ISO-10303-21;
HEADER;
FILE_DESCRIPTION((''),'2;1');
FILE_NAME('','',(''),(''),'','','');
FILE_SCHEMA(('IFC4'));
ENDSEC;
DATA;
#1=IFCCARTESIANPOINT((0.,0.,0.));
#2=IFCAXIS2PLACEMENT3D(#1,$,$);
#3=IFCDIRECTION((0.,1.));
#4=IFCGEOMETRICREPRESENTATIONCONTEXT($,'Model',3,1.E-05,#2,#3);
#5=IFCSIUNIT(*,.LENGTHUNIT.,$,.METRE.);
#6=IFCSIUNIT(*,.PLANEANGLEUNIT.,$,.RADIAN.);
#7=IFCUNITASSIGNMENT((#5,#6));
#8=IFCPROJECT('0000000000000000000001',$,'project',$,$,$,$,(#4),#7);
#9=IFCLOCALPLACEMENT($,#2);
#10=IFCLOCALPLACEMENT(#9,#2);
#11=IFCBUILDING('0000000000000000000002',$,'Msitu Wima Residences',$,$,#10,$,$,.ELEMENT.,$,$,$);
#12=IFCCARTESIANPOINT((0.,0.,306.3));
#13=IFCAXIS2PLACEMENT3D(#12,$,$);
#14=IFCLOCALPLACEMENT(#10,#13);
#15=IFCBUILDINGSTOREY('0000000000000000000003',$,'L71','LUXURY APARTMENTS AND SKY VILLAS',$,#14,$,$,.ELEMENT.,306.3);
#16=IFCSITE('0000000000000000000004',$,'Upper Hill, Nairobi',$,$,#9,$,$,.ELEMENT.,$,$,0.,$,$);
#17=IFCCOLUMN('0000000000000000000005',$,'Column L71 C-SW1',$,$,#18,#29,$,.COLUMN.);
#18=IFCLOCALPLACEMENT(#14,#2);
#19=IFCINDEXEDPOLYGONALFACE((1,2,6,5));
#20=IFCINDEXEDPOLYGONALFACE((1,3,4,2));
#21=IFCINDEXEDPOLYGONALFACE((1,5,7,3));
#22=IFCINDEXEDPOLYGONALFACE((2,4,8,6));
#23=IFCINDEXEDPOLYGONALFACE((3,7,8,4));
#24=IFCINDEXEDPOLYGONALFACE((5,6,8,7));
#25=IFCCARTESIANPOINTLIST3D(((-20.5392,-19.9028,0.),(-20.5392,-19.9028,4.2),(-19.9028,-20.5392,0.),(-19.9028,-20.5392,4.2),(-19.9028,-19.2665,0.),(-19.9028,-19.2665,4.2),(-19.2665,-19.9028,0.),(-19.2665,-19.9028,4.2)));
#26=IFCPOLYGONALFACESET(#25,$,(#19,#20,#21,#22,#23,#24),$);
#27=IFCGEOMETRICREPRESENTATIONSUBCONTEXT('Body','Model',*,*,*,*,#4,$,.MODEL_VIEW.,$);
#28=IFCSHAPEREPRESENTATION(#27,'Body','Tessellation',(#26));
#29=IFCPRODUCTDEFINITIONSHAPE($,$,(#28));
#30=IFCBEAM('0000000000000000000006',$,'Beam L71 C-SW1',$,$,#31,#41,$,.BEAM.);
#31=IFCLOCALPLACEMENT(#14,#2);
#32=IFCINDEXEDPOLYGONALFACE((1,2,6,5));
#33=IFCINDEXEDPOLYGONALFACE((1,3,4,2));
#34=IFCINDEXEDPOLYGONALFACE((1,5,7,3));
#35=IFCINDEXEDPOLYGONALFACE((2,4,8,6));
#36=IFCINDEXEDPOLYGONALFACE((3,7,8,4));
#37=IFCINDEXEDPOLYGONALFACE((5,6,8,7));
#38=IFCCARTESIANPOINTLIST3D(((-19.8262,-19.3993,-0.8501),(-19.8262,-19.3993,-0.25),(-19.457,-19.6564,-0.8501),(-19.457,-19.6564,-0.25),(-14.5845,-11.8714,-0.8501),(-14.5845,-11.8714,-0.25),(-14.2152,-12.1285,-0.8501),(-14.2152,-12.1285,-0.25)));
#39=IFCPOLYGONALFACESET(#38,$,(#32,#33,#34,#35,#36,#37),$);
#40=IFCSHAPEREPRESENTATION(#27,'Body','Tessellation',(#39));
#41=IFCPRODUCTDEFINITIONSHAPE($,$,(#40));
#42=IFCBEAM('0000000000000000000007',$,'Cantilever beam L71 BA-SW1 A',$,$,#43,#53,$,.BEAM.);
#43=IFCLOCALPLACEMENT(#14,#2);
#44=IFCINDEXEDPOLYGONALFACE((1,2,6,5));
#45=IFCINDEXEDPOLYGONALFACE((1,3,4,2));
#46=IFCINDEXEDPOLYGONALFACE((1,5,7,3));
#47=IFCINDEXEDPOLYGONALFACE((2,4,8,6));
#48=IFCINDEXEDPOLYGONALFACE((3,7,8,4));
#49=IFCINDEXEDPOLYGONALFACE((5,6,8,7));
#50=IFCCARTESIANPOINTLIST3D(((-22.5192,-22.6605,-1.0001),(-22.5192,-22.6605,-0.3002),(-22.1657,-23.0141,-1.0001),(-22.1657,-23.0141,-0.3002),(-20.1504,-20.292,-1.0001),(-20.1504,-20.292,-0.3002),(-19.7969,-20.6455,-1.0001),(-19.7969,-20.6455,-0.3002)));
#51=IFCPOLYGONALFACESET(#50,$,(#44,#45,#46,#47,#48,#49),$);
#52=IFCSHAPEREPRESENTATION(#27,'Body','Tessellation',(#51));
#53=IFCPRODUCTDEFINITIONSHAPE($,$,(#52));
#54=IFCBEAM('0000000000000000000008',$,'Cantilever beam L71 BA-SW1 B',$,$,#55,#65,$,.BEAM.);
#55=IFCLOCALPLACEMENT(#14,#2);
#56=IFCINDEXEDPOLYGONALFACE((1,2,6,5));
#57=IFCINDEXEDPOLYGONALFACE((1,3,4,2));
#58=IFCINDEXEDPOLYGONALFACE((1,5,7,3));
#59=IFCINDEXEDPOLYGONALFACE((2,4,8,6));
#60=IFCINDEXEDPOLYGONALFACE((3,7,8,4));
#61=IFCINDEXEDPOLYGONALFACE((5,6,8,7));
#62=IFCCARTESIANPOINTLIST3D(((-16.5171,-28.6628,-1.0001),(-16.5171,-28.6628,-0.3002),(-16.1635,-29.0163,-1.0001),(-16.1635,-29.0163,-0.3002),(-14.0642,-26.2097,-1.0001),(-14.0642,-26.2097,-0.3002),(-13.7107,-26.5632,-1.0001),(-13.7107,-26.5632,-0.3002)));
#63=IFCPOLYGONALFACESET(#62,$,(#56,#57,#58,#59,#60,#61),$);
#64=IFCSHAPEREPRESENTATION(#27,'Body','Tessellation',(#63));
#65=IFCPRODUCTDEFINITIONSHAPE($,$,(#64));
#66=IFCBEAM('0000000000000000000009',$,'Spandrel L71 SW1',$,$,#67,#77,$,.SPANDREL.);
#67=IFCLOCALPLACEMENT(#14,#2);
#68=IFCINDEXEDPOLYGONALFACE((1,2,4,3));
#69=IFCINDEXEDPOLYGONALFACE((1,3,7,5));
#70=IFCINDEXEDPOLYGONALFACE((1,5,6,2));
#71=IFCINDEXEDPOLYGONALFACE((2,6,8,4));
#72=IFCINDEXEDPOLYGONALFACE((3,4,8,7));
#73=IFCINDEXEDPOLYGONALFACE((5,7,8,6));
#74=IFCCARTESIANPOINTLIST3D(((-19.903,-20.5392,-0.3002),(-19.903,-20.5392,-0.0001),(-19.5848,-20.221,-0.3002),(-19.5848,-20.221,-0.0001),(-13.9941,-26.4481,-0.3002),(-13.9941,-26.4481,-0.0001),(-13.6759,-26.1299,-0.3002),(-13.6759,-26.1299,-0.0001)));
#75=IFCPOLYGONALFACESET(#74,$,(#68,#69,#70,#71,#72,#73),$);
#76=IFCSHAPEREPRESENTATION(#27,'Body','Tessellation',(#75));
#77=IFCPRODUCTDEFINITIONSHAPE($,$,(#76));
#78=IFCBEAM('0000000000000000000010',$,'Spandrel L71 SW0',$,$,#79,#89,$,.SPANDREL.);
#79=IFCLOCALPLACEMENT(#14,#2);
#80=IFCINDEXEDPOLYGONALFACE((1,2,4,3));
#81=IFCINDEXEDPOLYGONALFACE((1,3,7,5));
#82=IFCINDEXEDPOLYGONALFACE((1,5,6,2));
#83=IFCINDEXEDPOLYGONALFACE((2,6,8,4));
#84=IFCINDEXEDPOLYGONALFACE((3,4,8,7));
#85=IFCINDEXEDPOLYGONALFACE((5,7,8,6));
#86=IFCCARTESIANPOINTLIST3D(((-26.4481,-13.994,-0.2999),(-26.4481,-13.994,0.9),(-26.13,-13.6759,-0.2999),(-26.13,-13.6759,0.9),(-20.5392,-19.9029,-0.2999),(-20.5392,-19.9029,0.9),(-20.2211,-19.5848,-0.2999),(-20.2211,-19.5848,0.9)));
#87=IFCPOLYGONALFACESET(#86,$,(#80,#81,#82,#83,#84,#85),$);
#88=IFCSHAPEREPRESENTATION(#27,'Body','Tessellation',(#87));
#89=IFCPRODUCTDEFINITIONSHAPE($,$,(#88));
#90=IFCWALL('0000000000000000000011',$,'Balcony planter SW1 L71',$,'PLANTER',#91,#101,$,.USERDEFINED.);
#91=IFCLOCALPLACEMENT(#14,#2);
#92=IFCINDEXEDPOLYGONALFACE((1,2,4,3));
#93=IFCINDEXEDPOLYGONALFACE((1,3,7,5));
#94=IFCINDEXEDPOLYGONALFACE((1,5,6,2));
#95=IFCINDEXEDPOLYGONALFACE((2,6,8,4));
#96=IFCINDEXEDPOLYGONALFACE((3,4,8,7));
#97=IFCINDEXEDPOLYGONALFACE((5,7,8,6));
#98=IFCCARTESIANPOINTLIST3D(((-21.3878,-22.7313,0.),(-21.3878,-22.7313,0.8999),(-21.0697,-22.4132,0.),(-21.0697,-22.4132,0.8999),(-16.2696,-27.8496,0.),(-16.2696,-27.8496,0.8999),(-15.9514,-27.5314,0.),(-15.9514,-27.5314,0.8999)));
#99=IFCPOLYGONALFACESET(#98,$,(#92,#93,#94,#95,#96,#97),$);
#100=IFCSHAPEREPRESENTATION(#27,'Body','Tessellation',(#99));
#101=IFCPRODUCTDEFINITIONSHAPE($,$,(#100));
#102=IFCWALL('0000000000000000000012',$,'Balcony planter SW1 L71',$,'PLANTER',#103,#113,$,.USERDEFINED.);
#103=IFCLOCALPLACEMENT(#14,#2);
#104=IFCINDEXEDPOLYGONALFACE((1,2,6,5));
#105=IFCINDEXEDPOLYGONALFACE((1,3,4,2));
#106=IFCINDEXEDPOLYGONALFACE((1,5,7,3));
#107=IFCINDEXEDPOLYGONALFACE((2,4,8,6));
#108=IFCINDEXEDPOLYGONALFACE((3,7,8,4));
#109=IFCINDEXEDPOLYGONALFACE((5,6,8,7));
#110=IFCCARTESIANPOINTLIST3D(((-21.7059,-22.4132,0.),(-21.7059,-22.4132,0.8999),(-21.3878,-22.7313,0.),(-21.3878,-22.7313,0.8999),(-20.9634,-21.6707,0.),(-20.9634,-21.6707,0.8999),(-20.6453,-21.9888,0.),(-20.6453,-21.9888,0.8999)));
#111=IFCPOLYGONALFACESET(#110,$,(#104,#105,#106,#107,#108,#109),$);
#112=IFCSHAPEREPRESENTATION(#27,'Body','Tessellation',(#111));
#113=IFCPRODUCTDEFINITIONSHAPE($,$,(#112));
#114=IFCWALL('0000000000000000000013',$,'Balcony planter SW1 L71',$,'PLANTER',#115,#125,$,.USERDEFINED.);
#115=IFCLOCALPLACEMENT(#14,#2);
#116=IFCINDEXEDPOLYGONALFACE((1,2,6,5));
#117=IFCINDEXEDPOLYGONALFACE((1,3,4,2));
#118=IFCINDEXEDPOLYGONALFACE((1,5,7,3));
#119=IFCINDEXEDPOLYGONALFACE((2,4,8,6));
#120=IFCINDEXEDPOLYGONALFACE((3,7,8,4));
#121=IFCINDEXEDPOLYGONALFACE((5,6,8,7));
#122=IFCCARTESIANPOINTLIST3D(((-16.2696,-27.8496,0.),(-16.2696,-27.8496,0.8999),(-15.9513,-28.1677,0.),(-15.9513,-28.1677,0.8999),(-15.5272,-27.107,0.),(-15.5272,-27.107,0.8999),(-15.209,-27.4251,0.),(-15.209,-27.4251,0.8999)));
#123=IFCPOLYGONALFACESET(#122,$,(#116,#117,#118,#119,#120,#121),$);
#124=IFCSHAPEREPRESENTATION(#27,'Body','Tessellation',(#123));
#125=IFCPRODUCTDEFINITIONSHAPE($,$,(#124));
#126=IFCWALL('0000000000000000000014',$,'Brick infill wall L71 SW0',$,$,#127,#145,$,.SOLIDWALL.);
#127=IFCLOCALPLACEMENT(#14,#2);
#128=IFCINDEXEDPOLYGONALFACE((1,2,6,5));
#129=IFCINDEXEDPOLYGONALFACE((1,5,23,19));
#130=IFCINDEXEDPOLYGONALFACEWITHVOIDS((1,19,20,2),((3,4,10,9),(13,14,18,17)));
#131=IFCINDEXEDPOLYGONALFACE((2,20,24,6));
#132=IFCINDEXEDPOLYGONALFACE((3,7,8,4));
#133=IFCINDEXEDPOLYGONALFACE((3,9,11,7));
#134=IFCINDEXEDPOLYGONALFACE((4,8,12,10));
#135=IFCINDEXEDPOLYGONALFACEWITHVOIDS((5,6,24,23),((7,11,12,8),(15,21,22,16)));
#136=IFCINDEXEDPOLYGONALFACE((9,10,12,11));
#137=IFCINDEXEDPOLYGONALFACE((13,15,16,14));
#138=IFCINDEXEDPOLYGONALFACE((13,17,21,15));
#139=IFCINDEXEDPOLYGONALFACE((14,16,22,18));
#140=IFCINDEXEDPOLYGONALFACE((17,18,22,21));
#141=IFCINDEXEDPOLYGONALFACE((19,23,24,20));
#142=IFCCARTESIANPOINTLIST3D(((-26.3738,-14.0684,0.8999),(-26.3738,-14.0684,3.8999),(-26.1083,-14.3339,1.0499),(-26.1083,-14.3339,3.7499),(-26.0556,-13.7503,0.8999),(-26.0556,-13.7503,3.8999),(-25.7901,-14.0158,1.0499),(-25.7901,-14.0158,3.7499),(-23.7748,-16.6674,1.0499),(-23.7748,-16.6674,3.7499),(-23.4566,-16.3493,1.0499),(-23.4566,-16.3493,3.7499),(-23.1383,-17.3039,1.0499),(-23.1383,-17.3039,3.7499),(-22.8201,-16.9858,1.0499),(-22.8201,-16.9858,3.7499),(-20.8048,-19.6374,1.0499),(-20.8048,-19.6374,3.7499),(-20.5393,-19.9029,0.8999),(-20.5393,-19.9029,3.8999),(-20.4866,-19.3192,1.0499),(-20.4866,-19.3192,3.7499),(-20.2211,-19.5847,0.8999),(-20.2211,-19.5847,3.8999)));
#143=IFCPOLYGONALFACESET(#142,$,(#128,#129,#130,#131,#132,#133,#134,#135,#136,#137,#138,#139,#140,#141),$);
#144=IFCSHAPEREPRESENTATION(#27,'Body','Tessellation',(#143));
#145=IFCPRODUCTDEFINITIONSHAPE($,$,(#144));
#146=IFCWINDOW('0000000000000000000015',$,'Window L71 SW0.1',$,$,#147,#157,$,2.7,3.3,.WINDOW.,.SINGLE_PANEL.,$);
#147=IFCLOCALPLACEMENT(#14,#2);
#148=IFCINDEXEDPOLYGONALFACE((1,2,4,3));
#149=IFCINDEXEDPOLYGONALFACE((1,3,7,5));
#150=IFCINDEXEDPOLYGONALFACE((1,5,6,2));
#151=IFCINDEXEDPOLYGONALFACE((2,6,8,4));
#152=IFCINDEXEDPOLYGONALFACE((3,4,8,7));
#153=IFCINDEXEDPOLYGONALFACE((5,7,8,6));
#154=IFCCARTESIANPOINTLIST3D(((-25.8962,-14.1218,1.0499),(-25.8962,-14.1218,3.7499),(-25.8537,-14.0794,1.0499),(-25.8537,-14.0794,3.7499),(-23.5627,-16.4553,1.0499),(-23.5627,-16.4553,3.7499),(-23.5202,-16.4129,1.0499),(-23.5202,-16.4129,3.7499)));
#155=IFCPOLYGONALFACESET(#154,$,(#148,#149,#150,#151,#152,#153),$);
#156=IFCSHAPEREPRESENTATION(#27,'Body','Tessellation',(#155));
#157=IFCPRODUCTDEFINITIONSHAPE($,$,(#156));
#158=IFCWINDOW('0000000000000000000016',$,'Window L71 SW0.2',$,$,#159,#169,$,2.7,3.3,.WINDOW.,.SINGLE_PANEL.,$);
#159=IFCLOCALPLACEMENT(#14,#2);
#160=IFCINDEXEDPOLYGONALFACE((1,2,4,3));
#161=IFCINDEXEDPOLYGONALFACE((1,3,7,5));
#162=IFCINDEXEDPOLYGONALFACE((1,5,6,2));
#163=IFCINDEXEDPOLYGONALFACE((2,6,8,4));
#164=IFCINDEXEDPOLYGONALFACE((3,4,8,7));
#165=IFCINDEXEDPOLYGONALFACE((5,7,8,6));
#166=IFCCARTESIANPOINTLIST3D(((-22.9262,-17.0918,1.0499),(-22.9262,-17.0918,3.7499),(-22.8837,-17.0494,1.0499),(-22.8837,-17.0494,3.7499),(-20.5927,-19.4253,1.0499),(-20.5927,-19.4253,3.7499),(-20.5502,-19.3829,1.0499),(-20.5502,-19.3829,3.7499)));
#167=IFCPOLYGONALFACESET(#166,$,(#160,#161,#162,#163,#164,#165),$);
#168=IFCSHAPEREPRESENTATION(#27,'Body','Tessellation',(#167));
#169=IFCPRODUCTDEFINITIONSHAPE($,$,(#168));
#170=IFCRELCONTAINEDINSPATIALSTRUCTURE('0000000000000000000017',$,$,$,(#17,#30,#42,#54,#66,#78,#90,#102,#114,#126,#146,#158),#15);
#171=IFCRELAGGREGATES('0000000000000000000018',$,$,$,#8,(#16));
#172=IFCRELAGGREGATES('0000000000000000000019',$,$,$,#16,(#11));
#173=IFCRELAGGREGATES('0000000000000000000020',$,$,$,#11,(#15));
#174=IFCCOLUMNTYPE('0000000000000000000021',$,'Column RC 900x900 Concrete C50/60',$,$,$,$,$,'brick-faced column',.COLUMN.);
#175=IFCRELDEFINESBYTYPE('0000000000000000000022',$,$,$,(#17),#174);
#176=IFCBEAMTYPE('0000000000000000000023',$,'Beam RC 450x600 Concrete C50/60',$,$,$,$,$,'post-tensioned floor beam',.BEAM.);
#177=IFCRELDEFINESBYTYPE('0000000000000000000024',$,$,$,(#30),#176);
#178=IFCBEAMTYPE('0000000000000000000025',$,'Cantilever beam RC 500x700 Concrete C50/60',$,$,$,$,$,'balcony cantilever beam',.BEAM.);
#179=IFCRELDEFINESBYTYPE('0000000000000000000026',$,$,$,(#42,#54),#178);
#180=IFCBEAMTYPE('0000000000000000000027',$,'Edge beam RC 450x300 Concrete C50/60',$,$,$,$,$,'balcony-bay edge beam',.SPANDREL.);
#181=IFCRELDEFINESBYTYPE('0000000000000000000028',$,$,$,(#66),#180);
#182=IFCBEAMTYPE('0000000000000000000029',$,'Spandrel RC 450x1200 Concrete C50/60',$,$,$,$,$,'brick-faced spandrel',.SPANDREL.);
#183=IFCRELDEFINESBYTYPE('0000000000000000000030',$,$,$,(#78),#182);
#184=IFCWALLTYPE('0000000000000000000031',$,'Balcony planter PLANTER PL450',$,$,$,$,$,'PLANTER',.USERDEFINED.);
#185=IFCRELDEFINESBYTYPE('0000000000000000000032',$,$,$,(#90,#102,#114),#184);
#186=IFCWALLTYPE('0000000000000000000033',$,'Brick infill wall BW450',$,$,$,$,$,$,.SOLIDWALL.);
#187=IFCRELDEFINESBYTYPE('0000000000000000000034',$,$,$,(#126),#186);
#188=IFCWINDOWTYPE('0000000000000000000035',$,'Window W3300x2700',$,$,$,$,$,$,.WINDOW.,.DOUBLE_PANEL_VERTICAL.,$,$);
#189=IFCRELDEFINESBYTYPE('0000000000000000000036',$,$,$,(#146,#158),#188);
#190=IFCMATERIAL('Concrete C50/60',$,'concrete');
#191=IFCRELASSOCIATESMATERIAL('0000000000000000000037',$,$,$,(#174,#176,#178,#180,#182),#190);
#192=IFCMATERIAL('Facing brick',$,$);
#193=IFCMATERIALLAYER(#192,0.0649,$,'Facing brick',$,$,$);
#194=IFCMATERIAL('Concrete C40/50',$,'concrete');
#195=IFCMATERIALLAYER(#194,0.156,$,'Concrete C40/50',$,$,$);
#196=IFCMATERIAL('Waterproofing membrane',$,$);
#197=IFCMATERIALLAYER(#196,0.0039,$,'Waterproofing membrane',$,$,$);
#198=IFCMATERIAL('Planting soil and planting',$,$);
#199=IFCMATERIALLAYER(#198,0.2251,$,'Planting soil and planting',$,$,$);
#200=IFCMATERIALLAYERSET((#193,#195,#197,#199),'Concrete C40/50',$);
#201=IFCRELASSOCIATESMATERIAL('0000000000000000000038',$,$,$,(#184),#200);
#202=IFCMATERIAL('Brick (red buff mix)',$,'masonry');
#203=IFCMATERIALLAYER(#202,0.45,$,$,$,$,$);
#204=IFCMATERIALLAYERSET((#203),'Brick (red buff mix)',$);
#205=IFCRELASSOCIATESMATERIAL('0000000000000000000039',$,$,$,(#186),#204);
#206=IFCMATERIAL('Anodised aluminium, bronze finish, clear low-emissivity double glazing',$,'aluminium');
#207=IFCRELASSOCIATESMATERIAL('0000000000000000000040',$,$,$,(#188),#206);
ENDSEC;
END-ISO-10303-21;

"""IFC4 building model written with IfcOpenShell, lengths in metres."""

from ifc_helpers import new_model, si_unit, direction, frame, frame_2d, origin, origin_2d, place, context, subcontext, project, spatial, rectangle, extrude, material, layer, layer_set, material_profile, profile_set, type_object, element, fill, save


model = new_model("IFC4")

# Units and contexts
model_context = context("Model", 3, precision=1e-05, world=origin(), true_north=direction((0.0, 1.0)))
body_context = subcontext(model_context, "Body", "Model", "MODEL_VIEW")
ifc_project = project(units=[si_unit("LENGTHUNIT", "METRE"), si_unit("PLANEANGLEUNIT", "RADIAN")], contexts=[model_context])

# Site, building, storey
site_placement = place(None, origin())
site = spatial("IfcSite", under=ifc_project, at=site_placement, Name="Upper Hill, Nairobi", CompositionType="ELEMENT", RefElevation=0.0)
building_placement = place(site_placement, origin())
building = spatial("IfcBuilding", under=site, at=building_placement, Name="Msitu Wima Residences", CompositionType="ELEMENT")
storey_placement = place(building_placement, frame((0.0, 0.0, 306.3)))
storey = spatial("IfcBuildingStorey", under=building, at=storey_placement, Name="L71", Description="LUXURY APARTMENTS AND SKY VILLAS", CompositionType="ELEMENT", Elevation=306.3)

# Column
ifc_material_1 = material(Name="Concrete C50/60", Category="concrete")
ifc_material_profile_1 = material_profile(ifc_material_1, rectangle(XDim=0.8999, YDim=0.8999, at=origin_2d()), Name="RC 900x900")
ifc_profile_set_1 = profile_set([ifc_material_profile_1], Name="Concrete C50/60")
column_type = type_object("IfcColumnType", Name="Column RC 900x900 Concrete C50/60", ElementType="brick-faced column", PredefinedType="COLUMN", material=ifc_profile_set_1)
column_placement = place(storey_placement, frame((-19.9028, -19.9028, 0.0), z_axis=(0.0, 0.0, 1.0), x_axis=(0.707107, -0.707107, 0.0)))
element("IfcColumn", 1, at=column_placement, inside=storey, type_object=column_type, Name="Column L71 C-SW1", PredefinedType="COLUMN", context=body_context, shape_type="SweptSolid", body=[
    extrude(rectangle(XDim=0.8999, YDim=0.8999, at=origin_2d()), origin(), (0.0, 0.0, 1.0), 4.2),
])

# Beams
ifc_material_profile_2 = material_profile(ifc_material_1, rectangle(XDim=0.45, YDim=0.6001, at=origin_2d()), Name="RC 450x600")
ifc_profile_set_2 = profile_set([ifc_material_profile_2], Name="Concrete C50/60")
beam_type_1 = type_object("IfcBeamType", Name="Beam RC 450x600 Concrete C50/60", ElementType="post-tensioned floor beam", PredefinedType="BEAM", material=ifc_profile_set_2)
beam_1_placement = place(storey_placement, frame((-19.6416, -19.5278, -0.55), z_axis=(0.571428, 0.820652, 0.0), x_axis=(-0.820652, 0.571428, 0.0)))
element("IfcBeam", 2, at=beam_1_placement, inside=storey, type_object=beam_type_1, Name="Beam L71 C-SW1", PredefinedType="BEAM", context=body_context, shape_type="SweptSolid", body=[
    extrude(rectangle(XDim=0.45, YDim=0.6001, at=origin_2d()), origin(), (0.0, 0.0, 1.0), 9.1731),
])
ifc_material_profile_3 = material_profile(ifc_material_1, rectangle(XDim=0.5, YDim=0.7, at=origin_2d()), Name="RC 500x700")
ifc_profile_set_3 = profile_set([ifc_material_profile_3], Name="Concrete C50/60")
beam_type_2 = type_object("IfcBeamType", Name="Cantilever beam RC 500x700 Concrete C50/60", ElementType="balcony cantilever beam", PredefinedType="BEAM", material=ifc_profile_set_3)
beam_2_placement = place(storey_placement, frame((-19.9736, -20.4688, -0.6501), z_axis=(-0.707143, -0.70707, 0.0), x_axis=(0.70707, -0.707143, 0.0)))
element("IfcBeam", 3, at=beam_2_placement, inside=storey, type_object=beam_type_2, Name="Cantilever beam L71 BA-SW1 A", PredefinedType="BEAM", context=body_context, shape_type="SweptSolid", body=[
    extrude(rectangle(XDim=0.5, YDim=0.7, at=origin_2d()), origin(), (0.0, 0.0, 1.0), 3.3499),
])
beam_3_placement = place(storey_placement, frame((-13.8875, -26.3865, -0.6501), z_axis=(-0.707072, -0.707142, 0.0), x_axis=(0.707142, -0.707072, 0.0)))
element("IfcBeam", 4, at=beam_3_placement, inside=storey, type_object=beam_type_2, Name="Cantilever beam L71 BA-SW1 B", PredefinedType="BEAM", context=body_context, shape_type="SweptSolid", body=[
    extrude(rectangle(XDim=0.5, YDim=0.7, at=origin_2d()), origin(), (0.0, 0.0, 1.0), 3.469),
])
ifc_material_profile_4 = material_profile(ifc_material_1, rectangle(XDim=0.45, YDim=0.3, at=origin_2d()), Name="RC 450x300")
ifc_profile_set_4 = profile_set([ifc_material_profile_4], Name="Concrete C50/60")
beam_type_3 = type_object("IfcBeamType", Name="Edge beam RC 450x300 Concrete C50/60", ElementType="balcony-bay edge beam", PredefinedType="SPANDREL", material=ifc_profile_set_4)
beam_4_placement = place(storey_placement, frame((-19.7439, -20.3801, -0.1501), z_axis=(0.707107, -0.707107, 0.0), x_axis=(0.707107, 0.707107, 0.0)))
element("IfcBeam", 5, at=beam_4_placement, inside=storey, type_object=beam_type_3, Name="Spandrel L71 SW1", PredefinedType="SPANDREL", context=body_context, shape_type="SweptSolid", body=[
    extrude(rectangle(XDim=0.45, YDim=0.3, at=origin_2d()), origin(), (0.0, 0.0, 1.0), 8.3564),
])
ifc_material_profile_5 = material_profile(ifc_material_1, rectangle(XDim=0.45, YDim=1.2, at=origin_2d()), Name="RC 450x1200")
ifc_profile_set_5 = profile_set([ifc_material_profile_5], Name="Concrete C50/60")
beam_type_4 = type_object("IfcBeamType", Name="Spandrel RC 450x1200 Concrete C50/60", ElementType="brick-faced spandrel", PredefinedType="SPANDREL", material=ifc_profile_set_5)
beam_5_placement = place(storey_placement, frame((-26.2891, -13.835, 0.3), z_axis=(0.707107, -0.707107, 0.0), x_axis=(0.707107, 0.707107, 0.0)))
element("IfcBeam", 6, at=beam_5_placement, inside=storey, type_object=beam_type_4, Name="Spandrel L71 SW0", PredefinedType="SPANDREL", context=body_context, shape_type="SweptSolid", body=[
    extrude(rectangle(XDim=0.45, YDim=1.2, at=origin_2d()), origin(), (0.0, 0.0, 1.0), 8.3564),
])

# Walls
ifc_material_2 = material(Name="Facing brick")
ifc_layer_1 = layer(ifc_material_2, 0.0649, Name="Facing brick")
ifc_material_3 = material(Name="Concrete C40/50", Category="concrete")
ifc_layer_2 = layer(ifc_material_3, 0.156, Name="Concrete C40/50")
ifc_material_4 = material(Name="Waterproofing membrane")
ifc_layer_3 = layer(ifc_material_4, 0.0039, Name="Waterproofing membrane")
ifc_material_5 = material(Name="Planting soil and planting")
ifc_layer_4 = layer(ifc_material_5, 0.2251, Name="Planting soil and planting")
ifc_layer_set_1 = layer_set([ifc_layer_1, ifc_layer_2, ifc_layer_3, ifc_layer_4], Name="Concrete C40/50")
wall_type_1 = type_object("IfcWallType", Name="Balcony planter PLANTER PL450", ElementType="PLANTER", PredefinedType="USERDEFINED", material=ifc_layer_set_1)
wall_1_placement = place(storey_placement, frame((-21.2288, -22.5723, 0.0), z_axis=(0.0, 0.0, 1.0), x_axis=(0.707107, -0.707107, 0.0)))
element("IfcWall", 7, at=wall_1_placement, inside=storey, type_object=wall_type_1, Name="Balcony planter SW1 L71", ObjectType="PLANTER", PredefinedType="USERDEFINED", context=body_context, shape_type="SweptSolid", body=[
    extrude(rectangle(XDim=7.2383, YDim=0.45, at=frame_2d((3.6191, 0.0))), origin(), (0.0, 0.0, 1.0), 0.8999),
])
for number, where, z_axis, x_axis, name in (
    (8, (-20.8044, -21.8298, 0.0), (0.0, 0.0, 1.0), (-0.707107, -0.707107, 0.0), "Balcony planter SW1 L71"),
    (9, (-15.3682, -27.2661, 0.0), (0.0, 0.0, 1.0), (-0.706991, -0.707223, 0.0), "Balcony planter SW1 L71"),
):
    element("IfcWall", number, at=place(storey_placement, frame(where, z_axis=z_axis, x_axis=x_axis)), inside=storey, type_object=wall_type_1, Name=name, ObjectType="PLANTER", PredefinedType="USERDEFINED", context=body_context, shape_type="SweptSolid", body=[
        extrude(rectangle(XDim=1.05, YDim=0.45, at=frame_2d((0.5249, 0.0))), origin(), (0.0, 0.0, 1.0), 0.8999),
    ])

# Wall, openings, windows
ifc_material_6 = material(Name="Brick (red buff mix)", Category="masonry")
ifc_layer_5 = layer(ifc_material_6, 0.45)
ifc_layer_set_2 = layer_set([ifc_layer_5], Name="Brick (red buff mix)")
wall_type_2 = type_object("IfcWallType", Name="Brick infill wall BW450", PredefinedType="SOLIDWALL", material=ifc_layer_set_2)
wall_2_placement = place(storey_placement, frame((-26.2146, -13.9094, 0.8999), z_axis=(0.0, 0.0, 1.0), x_axis=(0.707107, -0.707107, 0.0)))
wall_2 = element("IfcWall", 10, at=wall_2_placement, inside=storey, type_object=wall_type_2, Name="Brick infill wall L71 SW0", PredefinedType="SOLIDWALL", context=body_context, shape_type="SweptSolid", body=[
    extrude(rectangle(XDim=8.2512, YDim=0.45, at=frame_2d((4.1255, 0.0))), origin(), (0.0, 0.0, 1.0), 3.0),
])
opening_1_placement = place(wall_2_placement, frame((0.3755, 0.0, 0.1499)))
opening_1 = element("IfcOpeningElement", 11, at=opening_1_placement, cuts=wall_2, PredefinedType="OPENING", context=body_context, shape_type="SweptSolid", body=[
    extrude(rectangle(XDim=3.3, YDim=2.7, at=frame_2d((1.6499, 1.3501))), frame((0.0, 0.2349, 0.0), z_axis=(0.0, -1.0, 0.0), x_axis=(1.0, 0.0, 0.0)), (0.0, 0.0, 1.0), 0.47),
])
opening_2_placement = place(wall_2_placement, frame((4.5757, 0.0, 0.1499)))
opening_2 = element("IfcOpeningElement", 12, at=opening_2_placement, cuts=wall_2, PredefinedType="OPENING", context=body_context, shape_type="SweptSolid", body=[
    extrude(rectangle(XDim=3.3, YDim=2.7, at=frame_2d((1.6499, 1.3501))), frame((0.0, 0.2349, 0.0), z_axis=(0.0, -1.0, 0.0), x_axis=(1.0, 0.0, 0.0)), (0.0, 0.0, 1.0), 0.47),
])
ifc_material_7 = material(Name="Anodised aluminium, bronze finish, clear low-emissivity double glazing", Category="aluminium")
window_type = type_object("IfcWindowType", Name="Window W3300x2700", PartitioningType="DOUBLE_PANEL_VERTICAL", PredefinedType="WINDOW", material=ifc_material_7)
window_1_placement = place(opening_1_placement, origin())
window_1 = element("IfcWindow", 13, at=window_1_placement, inside=storey, type_object=window_type, Name="Window L71 SW0.1", OverallHeight=2.7, OverallWidth=3.3, PartitioningType="SINGLE_PANEL", PredefinedType="WINDOW", context=body_context, shape_type="SweptSolid", body=[
    extrude(rectangle(XDim=3.3, YDim=2.7, at=frame_2d((1.6499, 1.3501))), frame((0.0, 0.135, 0.0), z_axis=(0.0, -1.0, 0.0), x_axis=(1.0, 0.0, 0.0)), (0.0, 0.0, 1.0), 0.0601),
])
fill(opening_1, window_1)
window_2_placement = place(opening_2_placement, origin())
window_2 = element("IfcWindow", 14, at=window_2_placement, inside=storey, type_object=window_type, Name="Window L71 SW0.2", OverallHeight=2.7, OverallWidth=3.3, PartitioningType="SINGLE_PANEL", PredefinedType="WINDOW", context=body_context, shape_type="SweptSolid", body=[
    extrude(rectangle(XDim=3.3, YDim=2.7, at=frame_2d((1.6499, 1.3501))), frame((0.0, 0.135, 0.0), z_axis=(0.0, -1.0, 0.0), x_axis=(1.0, 0.0, 0.0)), (0.0, 0.0, 1.0), 0.0601),
])
fill(opening_2, window_2)

save(model, "model.ifc")
